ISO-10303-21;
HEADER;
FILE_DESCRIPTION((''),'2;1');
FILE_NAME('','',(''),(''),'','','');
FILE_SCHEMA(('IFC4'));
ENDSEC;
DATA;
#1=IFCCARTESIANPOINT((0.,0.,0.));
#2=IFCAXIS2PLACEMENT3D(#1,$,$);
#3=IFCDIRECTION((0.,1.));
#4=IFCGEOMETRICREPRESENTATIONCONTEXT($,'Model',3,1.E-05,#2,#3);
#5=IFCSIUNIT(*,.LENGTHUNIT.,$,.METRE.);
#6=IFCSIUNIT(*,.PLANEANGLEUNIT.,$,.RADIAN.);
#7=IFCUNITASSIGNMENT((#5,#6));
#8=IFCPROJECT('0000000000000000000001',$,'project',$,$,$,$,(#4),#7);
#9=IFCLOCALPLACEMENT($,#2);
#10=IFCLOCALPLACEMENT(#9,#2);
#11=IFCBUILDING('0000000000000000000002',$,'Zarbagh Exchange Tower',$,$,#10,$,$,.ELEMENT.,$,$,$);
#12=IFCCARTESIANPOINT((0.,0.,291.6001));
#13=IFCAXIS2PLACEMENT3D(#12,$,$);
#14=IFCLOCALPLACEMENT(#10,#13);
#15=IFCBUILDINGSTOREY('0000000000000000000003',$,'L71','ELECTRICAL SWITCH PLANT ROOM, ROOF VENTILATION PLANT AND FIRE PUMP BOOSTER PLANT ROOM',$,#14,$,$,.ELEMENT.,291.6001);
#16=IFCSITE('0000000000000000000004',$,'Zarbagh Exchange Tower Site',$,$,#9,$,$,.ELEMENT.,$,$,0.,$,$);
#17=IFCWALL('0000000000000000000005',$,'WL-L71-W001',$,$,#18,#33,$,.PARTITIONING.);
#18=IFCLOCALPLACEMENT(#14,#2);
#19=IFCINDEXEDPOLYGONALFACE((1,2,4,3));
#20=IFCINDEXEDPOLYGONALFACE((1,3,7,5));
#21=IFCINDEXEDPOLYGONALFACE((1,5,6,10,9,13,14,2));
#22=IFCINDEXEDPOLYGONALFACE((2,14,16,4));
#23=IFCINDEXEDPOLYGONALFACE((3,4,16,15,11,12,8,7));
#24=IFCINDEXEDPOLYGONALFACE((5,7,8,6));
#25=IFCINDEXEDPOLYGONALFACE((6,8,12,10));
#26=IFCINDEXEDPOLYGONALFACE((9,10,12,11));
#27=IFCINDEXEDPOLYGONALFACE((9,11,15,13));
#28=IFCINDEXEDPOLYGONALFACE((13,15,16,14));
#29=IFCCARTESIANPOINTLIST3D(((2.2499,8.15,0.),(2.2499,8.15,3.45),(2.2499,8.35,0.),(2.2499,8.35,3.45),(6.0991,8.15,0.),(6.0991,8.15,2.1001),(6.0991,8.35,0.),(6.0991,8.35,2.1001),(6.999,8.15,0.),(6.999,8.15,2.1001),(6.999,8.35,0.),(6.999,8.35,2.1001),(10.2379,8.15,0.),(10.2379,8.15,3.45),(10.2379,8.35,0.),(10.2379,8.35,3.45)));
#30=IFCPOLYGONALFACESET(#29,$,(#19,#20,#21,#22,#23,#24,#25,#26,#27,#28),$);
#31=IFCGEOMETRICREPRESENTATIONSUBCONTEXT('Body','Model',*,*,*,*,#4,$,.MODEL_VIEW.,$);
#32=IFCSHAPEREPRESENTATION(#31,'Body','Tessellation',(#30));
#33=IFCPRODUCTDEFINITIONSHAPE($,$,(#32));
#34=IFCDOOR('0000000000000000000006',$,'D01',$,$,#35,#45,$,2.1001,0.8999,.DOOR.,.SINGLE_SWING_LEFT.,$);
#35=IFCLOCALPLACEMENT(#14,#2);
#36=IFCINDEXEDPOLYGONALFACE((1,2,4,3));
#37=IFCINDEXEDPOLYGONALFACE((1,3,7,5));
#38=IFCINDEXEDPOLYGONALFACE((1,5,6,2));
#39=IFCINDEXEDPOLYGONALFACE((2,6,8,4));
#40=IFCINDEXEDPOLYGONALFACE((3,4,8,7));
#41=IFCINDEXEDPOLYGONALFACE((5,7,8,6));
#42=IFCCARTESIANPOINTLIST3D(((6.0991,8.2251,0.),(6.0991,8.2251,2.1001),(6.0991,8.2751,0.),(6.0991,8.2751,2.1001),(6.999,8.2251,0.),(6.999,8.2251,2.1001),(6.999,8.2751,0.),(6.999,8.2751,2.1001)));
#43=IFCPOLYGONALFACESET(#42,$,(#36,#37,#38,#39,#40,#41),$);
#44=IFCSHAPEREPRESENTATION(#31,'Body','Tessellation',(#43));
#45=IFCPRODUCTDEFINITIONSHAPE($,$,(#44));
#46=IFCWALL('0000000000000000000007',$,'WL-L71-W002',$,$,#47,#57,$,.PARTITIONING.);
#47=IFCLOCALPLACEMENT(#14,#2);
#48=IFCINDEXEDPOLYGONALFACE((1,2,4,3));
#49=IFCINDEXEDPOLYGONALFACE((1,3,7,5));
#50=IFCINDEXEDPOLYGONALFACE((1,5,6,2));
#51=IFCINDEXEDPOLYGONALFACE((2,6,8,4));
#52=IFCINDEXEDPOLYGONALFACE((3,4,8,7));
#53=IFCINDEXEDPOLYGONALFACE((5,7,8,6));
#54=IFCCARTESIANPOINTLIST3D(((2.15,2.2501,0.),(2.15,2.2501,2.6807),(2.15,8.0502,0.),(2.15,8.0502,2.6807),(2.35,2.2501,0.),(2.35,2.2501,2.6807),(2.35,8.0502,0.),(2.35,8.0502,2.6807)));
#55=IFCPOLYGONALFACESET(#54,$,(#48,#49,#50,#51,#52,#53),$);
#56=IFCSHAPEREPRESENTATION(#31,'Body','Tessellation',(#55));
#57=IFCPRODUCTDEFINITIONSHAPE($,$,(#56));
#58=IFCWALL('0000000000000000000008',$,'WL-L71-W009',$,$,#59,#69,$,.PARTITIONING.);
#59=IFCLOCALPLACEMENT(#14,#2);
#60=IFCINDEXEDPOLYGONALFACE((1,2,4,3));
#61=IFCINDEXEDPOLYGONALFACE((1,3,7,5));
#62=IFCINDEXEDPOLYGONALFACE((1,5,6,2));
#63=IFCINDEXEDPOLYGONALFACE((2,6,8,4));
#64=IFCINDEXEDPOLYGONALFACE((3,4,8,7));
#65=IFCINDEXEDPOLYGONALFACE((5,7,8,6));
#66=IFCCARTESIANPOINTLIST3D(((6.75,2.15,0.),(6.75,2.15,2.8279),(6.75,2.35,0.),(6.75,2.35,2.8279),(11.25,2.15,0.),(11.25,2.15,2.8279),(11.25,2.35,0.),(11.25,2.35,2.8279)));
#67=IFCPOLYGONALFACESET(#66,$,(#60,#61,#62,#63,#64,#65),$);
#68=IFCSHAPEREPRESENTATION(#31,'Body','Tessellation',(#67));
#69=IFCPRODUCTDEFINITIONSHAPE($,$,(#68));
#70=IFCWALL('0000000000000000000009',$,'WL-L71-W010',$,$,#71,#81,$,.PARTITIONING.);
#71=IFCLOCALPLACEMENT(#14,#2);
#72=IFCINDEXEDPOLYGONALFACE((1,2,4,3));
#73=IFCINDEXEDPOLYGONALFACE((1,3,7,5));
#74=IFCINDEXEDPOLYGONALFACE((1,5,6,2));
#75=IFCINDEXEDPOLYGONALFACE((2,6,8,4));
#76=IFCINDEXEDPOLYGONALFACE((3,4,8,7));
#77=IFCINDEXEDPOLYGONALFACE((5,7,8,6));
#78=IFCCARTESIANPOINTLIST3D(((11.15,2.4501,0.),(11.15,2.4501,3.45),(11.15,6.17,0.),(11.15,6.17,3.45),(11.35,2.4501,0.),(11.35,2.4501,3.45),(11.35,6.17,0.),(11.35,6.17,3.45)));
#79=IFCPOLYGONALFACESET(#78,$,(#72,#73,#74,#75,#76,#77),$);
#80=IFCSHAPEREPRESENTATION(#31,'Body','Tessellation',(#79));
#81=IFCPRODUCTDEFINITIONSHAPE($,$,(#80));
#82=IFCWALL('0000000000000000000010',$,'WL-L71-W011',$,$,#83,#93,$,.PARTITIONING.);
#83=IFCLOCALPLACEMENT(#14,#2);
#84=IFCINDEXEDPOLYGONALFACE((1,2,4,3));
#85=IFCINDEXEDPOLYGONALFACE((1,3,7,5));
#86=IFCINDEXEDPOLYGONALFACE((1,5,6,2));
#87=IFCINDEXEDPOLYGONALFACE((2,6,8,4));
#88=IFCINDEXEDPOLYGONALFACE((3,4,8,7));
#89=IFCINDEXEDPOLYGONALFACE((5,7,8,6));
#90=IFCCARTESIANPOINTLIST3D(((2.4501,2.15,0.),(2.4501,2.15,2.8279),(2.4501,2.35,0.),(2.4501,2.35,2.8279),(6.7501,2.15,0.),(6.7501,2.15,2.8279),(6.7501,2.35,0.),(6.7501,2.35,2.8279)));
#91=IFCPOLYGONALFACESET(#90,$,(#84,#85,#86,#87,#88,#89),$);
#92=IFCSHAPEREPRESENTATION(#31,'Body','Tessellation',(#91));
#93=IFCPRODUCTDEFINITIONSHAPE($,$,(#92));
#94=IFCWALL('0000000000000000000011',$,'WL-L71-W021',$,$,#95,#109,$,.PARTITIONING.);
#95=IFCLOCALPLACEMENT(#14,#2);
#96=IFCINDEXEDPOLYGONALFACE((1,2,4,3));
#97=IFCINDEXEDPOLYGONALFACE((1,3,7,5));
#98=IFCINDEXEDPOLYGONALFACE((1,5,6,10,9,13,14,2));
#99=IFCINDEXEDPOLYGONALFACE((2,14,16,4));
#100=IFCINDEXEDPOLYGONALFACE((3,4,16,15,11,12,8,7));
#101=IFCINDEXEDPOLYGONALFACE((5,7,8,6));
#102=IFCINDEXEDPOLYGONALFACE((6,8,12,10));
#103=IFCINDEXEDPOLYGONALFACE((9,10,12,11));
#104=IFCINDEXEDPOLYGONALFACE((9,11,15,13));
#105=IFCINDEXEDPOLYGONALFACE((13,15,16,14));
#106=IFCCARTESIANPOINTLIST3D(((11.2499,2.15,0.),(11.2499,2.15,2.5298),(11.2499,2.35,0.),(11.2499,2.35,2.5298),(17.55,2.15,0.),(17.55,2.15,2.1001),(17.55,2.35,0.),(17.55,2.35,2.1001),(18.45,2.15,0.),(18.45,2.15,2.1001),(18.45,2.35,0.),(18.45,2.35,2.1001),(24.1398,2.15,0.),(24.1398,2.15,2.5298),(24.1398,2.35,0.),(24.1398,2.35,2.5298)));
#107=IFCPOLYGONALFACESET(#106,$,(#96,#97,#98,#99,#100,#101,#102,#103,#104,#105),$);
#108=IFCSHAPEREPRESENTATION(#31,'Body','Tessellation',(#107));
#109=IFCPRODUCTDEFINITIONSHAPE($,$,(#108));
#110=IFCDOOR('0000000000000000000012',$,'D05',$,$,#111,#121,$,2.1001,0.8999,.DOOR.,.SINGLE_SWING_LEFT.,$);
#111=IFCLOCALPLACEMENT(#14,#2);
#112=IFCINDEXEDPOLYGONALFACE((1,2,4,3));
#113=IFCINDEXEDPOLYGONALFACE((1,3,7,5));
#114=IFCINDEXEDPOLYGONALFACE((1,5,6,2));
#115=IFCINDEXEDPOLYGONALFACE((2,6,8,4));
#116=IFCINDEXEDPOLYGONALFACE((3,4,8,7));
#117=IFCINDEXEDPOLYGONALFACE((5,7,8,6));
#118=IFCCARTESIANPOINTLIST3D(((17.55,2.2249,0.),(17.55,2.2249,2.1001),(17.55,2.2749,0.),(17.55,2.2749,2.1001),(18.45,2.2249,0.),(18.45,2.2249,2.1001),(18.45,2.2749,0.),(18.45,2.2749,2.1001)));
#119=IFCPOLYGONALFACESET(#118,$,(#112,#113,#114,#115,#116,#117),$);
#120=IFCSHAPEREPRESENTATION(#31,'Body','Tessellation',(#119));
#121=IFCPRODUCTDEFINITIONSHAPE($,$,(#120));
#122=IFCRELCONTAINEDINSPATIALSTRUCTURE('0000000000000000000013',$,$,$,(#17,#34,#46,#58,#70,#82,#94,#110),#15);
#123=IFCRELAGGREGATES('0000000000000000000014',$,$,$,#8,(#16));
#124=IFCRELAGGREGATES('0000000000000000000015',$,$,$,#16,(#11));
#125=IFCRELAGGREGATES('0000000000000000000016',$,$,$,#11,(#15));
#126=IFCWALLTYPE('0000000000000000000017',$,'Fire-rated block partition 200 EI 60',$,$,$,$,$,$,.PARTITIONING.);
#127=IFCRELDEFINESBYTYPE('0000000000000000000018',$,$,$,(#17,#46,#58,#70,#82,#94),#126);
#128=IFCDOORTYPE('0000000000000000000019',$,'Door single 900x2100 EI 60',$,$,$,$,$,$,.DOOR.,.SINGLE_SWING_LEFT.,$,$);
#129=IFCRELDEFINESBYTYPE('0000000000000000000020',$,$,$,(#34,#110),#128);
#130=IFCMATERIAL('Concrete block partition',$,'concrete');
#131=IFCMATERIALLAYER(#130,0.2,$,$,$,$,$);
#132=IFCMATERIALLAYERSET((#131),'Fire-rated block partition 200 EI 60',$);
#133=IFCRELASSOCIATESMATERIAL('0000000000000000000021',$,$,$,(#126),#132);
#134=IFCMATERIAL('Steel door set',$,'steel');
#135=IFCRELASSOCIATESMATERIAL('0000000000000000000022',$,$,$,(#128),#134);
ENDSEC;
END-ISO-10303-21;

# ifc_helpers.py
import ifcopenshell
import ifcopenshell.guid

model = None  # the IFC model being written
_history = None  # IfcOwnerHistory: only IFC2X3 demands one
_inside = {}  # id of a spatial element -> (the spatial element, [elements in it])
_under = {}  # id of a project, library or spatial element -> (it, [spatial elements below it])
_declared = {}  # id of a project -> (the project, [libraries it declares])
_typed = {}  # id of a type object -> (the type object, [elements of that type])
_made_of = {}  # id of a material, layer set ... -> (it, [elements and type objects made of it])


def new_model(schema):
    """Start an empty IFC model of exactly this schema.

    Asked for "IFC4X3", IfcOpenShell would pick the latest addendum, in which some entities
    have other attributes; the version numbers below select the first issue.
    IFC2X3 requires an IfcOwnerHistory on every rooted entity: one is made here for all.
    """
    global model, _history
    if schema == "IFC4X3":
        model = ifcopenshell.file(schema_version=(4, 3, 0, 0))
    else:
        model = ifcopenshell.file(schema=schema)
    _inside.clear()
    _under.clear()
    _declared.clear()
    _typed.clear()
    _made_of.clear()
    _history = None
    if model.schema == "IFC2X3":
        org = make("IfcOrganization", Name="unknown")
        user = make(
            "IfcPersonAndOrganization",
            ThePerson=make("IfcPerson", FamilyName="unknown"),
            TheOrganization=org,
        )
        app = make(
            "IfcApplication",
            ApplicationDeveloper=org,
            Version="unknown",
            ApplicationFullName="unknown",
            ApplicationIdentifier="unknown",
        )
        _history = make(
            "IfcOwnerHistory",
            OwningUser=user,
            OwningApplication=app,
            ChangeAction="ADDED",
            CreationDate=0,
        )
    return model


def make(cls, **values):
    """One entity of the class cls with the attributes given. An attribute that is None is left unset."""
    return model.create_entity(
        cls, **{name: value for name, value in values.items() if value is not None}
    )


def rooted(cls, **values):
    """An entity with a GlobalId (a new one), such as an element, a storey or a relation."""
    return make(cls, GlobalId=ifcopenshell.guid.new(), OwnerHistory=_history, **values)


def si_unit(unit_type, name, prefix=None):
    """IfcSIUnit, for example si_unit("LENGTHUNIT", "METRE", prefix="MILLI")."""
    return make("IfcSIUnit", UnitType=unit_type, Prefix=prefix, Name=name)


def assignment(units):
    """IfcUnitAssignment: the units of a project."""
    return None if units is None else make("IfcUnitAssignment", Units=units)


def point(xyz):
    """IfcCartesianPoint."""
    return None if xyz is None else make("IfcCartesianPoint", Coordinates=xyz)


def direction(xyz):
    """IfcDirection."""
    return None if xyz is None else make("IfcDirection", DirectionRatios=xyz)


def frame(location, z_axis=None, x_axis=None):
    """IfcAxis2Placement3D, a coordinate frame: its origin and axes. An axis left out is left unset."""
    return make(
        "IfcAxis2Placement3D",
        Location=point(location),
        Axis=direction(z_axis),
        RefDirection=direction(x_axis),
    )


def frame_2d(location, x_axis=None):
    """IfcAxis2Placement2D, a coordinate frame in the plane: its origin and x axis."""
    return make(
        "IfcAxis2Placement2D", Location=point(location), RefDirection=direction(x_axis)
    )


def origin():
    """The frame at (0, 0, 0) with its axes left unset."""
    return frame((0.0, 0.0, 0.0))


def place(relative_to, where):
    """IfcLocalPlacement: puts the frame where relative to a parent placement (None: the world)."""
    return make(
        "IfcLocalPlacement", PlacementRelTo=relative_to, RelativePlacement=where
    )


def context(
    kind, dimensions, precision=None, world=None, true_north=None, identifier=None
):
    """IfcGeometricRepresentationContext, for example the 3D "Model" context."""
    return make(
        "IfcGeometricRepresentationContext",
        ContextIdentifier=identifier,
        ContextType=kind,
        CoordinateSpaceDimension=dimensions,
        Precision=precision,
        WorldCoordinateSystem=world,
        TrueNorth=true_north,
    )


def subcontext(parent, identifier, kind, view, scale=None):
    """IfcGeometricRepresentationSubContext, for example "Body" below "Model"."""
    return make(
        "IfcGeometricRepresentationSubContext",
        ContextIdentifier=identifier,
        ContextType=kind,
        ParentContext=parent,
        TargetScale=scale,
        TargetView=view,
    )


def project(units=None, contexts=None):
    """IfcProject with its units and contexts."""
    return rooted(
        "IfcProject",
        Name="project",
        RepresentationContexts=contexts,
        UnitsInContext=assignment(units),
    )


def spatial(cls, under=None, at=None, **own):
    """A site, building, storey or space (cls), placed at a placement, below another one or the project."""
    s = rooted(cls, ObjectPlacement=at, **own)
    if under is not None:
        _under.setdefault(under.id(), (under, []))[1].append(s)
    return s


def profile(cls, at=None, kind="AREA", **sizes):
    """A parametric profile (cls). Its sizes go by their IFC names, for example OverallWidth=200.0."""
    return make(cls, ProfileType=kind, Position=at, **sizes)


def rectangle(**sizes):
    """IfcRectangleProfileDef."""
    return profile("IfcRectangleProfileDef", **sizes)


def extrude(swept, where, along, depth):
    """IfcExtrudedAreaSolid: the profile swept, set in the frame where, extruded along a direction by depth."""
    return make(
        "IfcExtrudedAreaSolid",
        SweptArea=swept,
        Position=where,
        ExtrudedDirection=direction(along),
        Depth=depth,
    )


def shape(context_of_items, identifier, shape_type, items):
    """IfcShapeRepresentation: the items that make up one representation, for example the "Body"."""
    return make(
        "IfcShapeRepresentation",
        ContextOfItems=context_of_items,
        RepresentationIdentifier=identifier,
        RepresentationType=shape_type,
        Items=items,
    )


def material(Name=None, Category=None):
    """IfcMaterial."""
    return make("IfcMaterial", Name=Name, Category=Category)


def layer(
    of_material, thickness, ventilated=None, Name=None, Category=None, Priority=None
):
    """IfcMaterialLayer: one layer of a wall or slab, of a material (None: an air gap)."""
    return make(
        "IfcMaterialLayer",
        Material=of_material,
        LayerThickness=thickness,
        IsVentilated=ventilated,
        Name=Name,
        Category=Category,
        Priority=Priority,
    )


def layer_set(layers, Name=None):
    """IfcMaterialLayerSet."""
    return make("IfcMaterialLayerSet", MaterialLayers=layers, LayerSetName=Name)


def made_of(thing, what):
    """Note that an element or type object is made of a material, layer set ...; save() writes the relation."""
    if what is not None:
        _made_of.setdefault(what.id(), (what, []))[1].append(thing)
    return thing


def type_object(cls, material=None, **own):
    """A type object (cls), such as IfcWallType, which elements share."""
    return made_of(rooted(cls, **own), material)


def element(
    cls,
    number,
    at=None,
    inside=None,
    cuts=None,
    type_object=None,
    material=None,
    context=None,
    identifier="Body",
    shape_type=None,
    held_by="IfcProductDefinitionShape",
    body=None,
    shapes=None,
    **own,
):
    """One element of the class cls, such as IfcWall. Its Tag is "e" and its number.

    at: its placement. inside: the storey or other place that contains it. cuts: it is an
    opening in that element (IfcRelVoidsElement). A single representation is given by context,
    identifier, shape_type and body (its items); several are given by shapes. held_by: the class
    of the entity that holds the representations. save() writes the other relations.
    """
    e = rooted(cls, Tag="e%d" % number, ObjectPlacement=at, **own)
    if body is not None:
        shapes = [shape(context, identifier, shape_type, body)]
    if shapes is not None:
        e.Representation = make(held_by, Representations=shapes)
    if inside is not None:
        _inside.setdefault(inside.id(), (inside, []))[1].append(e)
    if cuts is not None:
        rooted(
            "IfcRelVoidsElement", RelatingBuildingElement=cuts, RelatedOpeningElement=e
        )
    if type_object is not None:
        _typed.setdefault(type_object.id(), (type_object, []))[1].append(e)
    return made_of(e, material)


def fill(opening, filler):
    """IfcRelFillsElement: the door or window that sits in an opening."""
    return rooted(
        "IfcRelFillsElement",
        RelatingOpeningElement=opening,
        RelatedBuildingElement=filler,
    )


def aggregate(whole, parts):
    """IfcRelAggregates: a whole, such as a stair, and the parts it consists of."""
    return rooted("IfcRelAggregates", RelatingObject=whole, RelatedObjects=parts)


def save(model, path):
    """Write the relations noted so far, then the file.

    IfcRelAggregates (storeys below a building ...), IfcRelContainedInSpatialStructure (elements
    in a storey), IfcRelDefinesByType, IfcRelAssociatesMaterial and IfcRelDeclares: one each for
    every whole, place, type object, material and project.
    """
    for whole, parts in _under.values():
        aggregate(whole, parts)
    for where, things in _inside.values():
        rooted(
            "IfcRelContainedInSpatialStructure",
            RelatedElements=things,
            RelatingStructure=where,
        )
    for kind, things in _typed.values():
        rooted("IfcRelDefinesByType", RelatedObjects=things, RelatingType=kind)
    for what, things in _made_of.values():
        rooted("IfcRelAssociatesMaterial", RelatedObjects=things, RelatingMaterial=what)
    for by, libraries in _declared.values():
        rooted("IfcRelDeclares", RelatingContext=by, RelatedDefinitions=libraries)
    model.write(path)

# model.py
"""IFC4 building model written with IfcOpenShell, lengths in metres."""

from ifc_helpers import new_model, si_unit, direction, frame, frame_2d, origin, place, context, subcontext, project, spatial, rectangle, extrude, material, layer, layer_set, type_object, element, fill, save


model = new_model("IFC4")

# Units and contexts
model_context = context("Model", 3, precision=1e-05, world=origin(), true_north=direction((0.0, 1.0)))
body_context = subcontext(model_context, "Body", "Model", "MODEL_VIEW")
ifc_project = project(units=[si_unit("LENGTHUNIT", "METRE"), si_unit("PLANEANGLEUNIT", "RADIAN")], contexts=[model_context])

# Site, building, storey
site_placement = place(None, origin())
site = spatial("IfcSite", under=ifc_project, at=site_placement, Name="Zarbagh Exchange Tower Site", CompositionType="ELEMENT", RefElevation=0.0)
building_placement = place(site_placement, origin())
building = spatial("IfcBuilding", under=site, at=building_placement, Name="Zarbagh Exchange Tower", CompositionType="ELEMENT")
storey_placement = place(building_placement, frame((0.0, 0.0, 291.6001)))
storey = spatial("IfcBuildingStorey", under=building, at=storey_placement, Name="L71", Description="ELECTRICAL SWITCH PLANT ROOM, ROOF VENTILATION PLANT AND FIRE PUMP BOOSTER PLANT ROOM", CompositionType="ELEMENT", Elevation=291.6001)

# Wall, opening, door
ifc_material_1 = material(Name="Concrete block partition", Category="concrete")
ifc_layer_1 = layer(ifc_material_1, 0.2)
ifc_layer_set_1 = layer_set([ifc_layer_1], Name="Fire-rated block partition 200 EI 60")
wall_type = type_object("IfcWallType", Name="Fire-rated block partition 200 EI 60", PredefinedType="PARTITIONING", material=ifc_layer_set_1)
wall_1_placement = place(storey_placement, frame((10.238, 8.25, 0.0), z_axis=(0.0, 0.0, 1.0), x_axis=(-1.0, 0.0, 0.0)))
wall_1 = element("IfcWall", 1, at=wall_1_placement, inside=storey, type_object=wall_type, Name="WL-L71-W001", PredefinedType="PARTITIONING", context=body_context, shape_type="SweptSolid", body=[
    extrude(rectangle(XDim=7.988, YDim=0.2, at=frame_2d((3.9941, 0.0))), origin(), (0.0, 0.0, 1.0), 3.45),
])
opening_1_placement = place(wall_1_placement, frame((3.239, 0.0, 0.0)))
opening_1 = element("IfcOpeningElement", 2, at=opening_1_placement, cuts=wall_1, PredefinedType="OPENING", context=body_context, shape_type="SweptSolid", body=[
    extrude(rectangle(XDim=0.8999, YDim=2.1001, at=frame_2d((0.45, 1.05))), frame((0.0, 0.1099, 0.0), z_axis=(0.0, -1.0, 0.0), x_axis=(1.0, 0.0, 0.0)), (0.0, 0.0, 1.0), 0.22),
])
ifc_material_2 = material(Name="Steel door set", Category="steel")
door_type = type_object("IfcDoorType", Name="Door single 900x2100 EI 60", OperationType="SINGLE_SWING_LEFT", PredefinedType="DOOR", material=ifc_material_2)
door_1_placement = place(opening_1_placement, origin())
door_1 = element("IfcDoor", 3, at=door_1_placement, inside=storey, type_object=door_type, Name="D01", OperationType="SINGLE_SWING_LEFT", OverallHeight=2.1001, OverallWidth=0.8999, PredefinedType="DOOR", context=body_context, shape_type="SweptSolid", body=[
    extrude(rectangle(XDim=0.8999, YDim=2.1001, at=frame_2d((0.45, 1.05))), frame((0.0, 0.0249, 0.0), z_axis=(0.0, -1.0, 0.0), x_axis=(1.0, 0.0, 0.0)), (0.0, 0.0, 1.0), 0.05),
])
fill(opening_1, door_1)

# Walls
wall_2_placement = place(storey_placement, frame((2.25, 8.05, 0.0), z_axis=(0.0, 0.0, 1.0), x_axis=(0.0, -1.0, 0.0)))
element("IfcWall", 4, at=wall_2_placement, inside=storey, type_object=wall_type, Name="WL-L71-W002", PredefinedType="PARTITIONING", context=body_context, shape_type="SweptSolid", body=[
    extrude(rectangle(XDim=5.8, YDim=0.2, at=frame_2d((2.8999, 0.0))), origin(), (0.0, 0.0, 1.0), 2.6807),
])
wall_3_placement = place(storey_placement, frame((11.25, 2.25, 0.0), z_axis=(0.0, 0.0, 1.0), x_axis=(-1.0, 0.0, 0.0)))
element("IfcWall", 5, at=wall_3_placement, inside=storey, type_object=wall_type, Name="WL-L71-W009", PredefinedType="PARTITIONING", context=body_context, shape_type="SweptSolid", body=[
    extrude(rectangle(XDim=4.5, YDim=0.2, at=frame_2d((2.25, 0.0))), origin(), (0.0, 0.0, 1.0), 2.8279),
])
wall_4_placement = place(storey_placement, frame((11.25, 6.1699, 0.0), z_axis=(0.0, 0.0, 1.0), x_axis=(0.0, -1.0, 0.0)))
element("IfcWall", 6, at=wall_4_placement, inside=storey, type_object=wall_type, Name="WL-L71-W010", PredefinedType="PARTITIONING", context=body_context, shape_type="SweptSolid", body=[
    extrude(rectangle(XDim=3.72, YDim=0.2, at=frame_2d((1.8599, 0.0))), origin(), (0.0, 0.0, 1.0), 3.45),
])
wall_5_placement = place(storey_placement, frame((6.75, 2.25, 0.0), z_axis=(0.0, 0.0, 1.0), x_axis=(-1.0, 0.0, 0.0)))
element("IfcWall", 7, at=wall_5_placement, inside=storey, type_object=wall_type, Name="WL-L71-W011", PredefinedType="PARTITIONING", context=body_context, shape_type="SweptSolid", body=[
    extrude(rectangle(XDim=4.3, YDim=0.2, at=frame_2d((2.1499, 0.0))), origin(), (0.0, 0.0, 1.0), 2.8279),
])

# Wall, opening, door
wall_6_placement = place(storey_placement, frame((11.25, 2.25, 0.0), z_axis=(0.0, 0.0, 1.0), x_axis=(1.0, 0.0, 0.0)))
wall_6 = element("IfcWall", 8, at=wall_6_placement, inside=storey, type_object=wall_type, Name="WL-L71-W021", PredefinedType="PARTITIONING", context=body_context, shape_type="SweptSolid", body=[
    extrude(rectangle(XDim=12.8899, YDim=0.2, at=frame_2d((6.4448, 0.0))), origin(), (0.0, 0.0, 1.0), 2.5298),
])
opening_2_placement = place(wall_6_placement, frame((6.3, 0.0, 0.0)))
opening_2 = element("IfcOpeningElement", 9, at=opening_2_placement, cuts=wall_6, PredefinedType="OPENING", context=body_context, shape_type="SweptSolid", body=[
    extrude(rectangle(XDim=0.8999, YDim=2.1001, at=frame_2d((0.45, 1.05))), frame((0.0, 0.1099, 0.0), z_axis=(0.0, -1.0, 0.0), x_axis=(1.0, 0.0, 0.0)), (0.0, 0.0, 1.0), 0.22),
])
door_2_placement = place(opening_2_placement, origin())
door_2 = element("IfcDoor", 10, at=door_2_placement, inside=storey, type_object=door_type, Name="D05", OperationType="SINGLE_SWING_LEFT", OverallHeight=2.1001, OverallWidth=0.8999, PredefinedType="DOOR", context=body_context, shape_type="SweptSolid", body=[
    extrude(rectangle(XDim=0.8999, YDim=2.1001, at=frame_2d((0.45, 1.05))), frame((0.0, 0.0249, 0.0), z_axis=(0.0, -1.0, 0.0), x_axis=(1.0, 0.0, 0.0)), (0.0, 0.0, 1.0), 0.05),
])
fill(opening_2, door_2)

save(model, "model.ifc")
